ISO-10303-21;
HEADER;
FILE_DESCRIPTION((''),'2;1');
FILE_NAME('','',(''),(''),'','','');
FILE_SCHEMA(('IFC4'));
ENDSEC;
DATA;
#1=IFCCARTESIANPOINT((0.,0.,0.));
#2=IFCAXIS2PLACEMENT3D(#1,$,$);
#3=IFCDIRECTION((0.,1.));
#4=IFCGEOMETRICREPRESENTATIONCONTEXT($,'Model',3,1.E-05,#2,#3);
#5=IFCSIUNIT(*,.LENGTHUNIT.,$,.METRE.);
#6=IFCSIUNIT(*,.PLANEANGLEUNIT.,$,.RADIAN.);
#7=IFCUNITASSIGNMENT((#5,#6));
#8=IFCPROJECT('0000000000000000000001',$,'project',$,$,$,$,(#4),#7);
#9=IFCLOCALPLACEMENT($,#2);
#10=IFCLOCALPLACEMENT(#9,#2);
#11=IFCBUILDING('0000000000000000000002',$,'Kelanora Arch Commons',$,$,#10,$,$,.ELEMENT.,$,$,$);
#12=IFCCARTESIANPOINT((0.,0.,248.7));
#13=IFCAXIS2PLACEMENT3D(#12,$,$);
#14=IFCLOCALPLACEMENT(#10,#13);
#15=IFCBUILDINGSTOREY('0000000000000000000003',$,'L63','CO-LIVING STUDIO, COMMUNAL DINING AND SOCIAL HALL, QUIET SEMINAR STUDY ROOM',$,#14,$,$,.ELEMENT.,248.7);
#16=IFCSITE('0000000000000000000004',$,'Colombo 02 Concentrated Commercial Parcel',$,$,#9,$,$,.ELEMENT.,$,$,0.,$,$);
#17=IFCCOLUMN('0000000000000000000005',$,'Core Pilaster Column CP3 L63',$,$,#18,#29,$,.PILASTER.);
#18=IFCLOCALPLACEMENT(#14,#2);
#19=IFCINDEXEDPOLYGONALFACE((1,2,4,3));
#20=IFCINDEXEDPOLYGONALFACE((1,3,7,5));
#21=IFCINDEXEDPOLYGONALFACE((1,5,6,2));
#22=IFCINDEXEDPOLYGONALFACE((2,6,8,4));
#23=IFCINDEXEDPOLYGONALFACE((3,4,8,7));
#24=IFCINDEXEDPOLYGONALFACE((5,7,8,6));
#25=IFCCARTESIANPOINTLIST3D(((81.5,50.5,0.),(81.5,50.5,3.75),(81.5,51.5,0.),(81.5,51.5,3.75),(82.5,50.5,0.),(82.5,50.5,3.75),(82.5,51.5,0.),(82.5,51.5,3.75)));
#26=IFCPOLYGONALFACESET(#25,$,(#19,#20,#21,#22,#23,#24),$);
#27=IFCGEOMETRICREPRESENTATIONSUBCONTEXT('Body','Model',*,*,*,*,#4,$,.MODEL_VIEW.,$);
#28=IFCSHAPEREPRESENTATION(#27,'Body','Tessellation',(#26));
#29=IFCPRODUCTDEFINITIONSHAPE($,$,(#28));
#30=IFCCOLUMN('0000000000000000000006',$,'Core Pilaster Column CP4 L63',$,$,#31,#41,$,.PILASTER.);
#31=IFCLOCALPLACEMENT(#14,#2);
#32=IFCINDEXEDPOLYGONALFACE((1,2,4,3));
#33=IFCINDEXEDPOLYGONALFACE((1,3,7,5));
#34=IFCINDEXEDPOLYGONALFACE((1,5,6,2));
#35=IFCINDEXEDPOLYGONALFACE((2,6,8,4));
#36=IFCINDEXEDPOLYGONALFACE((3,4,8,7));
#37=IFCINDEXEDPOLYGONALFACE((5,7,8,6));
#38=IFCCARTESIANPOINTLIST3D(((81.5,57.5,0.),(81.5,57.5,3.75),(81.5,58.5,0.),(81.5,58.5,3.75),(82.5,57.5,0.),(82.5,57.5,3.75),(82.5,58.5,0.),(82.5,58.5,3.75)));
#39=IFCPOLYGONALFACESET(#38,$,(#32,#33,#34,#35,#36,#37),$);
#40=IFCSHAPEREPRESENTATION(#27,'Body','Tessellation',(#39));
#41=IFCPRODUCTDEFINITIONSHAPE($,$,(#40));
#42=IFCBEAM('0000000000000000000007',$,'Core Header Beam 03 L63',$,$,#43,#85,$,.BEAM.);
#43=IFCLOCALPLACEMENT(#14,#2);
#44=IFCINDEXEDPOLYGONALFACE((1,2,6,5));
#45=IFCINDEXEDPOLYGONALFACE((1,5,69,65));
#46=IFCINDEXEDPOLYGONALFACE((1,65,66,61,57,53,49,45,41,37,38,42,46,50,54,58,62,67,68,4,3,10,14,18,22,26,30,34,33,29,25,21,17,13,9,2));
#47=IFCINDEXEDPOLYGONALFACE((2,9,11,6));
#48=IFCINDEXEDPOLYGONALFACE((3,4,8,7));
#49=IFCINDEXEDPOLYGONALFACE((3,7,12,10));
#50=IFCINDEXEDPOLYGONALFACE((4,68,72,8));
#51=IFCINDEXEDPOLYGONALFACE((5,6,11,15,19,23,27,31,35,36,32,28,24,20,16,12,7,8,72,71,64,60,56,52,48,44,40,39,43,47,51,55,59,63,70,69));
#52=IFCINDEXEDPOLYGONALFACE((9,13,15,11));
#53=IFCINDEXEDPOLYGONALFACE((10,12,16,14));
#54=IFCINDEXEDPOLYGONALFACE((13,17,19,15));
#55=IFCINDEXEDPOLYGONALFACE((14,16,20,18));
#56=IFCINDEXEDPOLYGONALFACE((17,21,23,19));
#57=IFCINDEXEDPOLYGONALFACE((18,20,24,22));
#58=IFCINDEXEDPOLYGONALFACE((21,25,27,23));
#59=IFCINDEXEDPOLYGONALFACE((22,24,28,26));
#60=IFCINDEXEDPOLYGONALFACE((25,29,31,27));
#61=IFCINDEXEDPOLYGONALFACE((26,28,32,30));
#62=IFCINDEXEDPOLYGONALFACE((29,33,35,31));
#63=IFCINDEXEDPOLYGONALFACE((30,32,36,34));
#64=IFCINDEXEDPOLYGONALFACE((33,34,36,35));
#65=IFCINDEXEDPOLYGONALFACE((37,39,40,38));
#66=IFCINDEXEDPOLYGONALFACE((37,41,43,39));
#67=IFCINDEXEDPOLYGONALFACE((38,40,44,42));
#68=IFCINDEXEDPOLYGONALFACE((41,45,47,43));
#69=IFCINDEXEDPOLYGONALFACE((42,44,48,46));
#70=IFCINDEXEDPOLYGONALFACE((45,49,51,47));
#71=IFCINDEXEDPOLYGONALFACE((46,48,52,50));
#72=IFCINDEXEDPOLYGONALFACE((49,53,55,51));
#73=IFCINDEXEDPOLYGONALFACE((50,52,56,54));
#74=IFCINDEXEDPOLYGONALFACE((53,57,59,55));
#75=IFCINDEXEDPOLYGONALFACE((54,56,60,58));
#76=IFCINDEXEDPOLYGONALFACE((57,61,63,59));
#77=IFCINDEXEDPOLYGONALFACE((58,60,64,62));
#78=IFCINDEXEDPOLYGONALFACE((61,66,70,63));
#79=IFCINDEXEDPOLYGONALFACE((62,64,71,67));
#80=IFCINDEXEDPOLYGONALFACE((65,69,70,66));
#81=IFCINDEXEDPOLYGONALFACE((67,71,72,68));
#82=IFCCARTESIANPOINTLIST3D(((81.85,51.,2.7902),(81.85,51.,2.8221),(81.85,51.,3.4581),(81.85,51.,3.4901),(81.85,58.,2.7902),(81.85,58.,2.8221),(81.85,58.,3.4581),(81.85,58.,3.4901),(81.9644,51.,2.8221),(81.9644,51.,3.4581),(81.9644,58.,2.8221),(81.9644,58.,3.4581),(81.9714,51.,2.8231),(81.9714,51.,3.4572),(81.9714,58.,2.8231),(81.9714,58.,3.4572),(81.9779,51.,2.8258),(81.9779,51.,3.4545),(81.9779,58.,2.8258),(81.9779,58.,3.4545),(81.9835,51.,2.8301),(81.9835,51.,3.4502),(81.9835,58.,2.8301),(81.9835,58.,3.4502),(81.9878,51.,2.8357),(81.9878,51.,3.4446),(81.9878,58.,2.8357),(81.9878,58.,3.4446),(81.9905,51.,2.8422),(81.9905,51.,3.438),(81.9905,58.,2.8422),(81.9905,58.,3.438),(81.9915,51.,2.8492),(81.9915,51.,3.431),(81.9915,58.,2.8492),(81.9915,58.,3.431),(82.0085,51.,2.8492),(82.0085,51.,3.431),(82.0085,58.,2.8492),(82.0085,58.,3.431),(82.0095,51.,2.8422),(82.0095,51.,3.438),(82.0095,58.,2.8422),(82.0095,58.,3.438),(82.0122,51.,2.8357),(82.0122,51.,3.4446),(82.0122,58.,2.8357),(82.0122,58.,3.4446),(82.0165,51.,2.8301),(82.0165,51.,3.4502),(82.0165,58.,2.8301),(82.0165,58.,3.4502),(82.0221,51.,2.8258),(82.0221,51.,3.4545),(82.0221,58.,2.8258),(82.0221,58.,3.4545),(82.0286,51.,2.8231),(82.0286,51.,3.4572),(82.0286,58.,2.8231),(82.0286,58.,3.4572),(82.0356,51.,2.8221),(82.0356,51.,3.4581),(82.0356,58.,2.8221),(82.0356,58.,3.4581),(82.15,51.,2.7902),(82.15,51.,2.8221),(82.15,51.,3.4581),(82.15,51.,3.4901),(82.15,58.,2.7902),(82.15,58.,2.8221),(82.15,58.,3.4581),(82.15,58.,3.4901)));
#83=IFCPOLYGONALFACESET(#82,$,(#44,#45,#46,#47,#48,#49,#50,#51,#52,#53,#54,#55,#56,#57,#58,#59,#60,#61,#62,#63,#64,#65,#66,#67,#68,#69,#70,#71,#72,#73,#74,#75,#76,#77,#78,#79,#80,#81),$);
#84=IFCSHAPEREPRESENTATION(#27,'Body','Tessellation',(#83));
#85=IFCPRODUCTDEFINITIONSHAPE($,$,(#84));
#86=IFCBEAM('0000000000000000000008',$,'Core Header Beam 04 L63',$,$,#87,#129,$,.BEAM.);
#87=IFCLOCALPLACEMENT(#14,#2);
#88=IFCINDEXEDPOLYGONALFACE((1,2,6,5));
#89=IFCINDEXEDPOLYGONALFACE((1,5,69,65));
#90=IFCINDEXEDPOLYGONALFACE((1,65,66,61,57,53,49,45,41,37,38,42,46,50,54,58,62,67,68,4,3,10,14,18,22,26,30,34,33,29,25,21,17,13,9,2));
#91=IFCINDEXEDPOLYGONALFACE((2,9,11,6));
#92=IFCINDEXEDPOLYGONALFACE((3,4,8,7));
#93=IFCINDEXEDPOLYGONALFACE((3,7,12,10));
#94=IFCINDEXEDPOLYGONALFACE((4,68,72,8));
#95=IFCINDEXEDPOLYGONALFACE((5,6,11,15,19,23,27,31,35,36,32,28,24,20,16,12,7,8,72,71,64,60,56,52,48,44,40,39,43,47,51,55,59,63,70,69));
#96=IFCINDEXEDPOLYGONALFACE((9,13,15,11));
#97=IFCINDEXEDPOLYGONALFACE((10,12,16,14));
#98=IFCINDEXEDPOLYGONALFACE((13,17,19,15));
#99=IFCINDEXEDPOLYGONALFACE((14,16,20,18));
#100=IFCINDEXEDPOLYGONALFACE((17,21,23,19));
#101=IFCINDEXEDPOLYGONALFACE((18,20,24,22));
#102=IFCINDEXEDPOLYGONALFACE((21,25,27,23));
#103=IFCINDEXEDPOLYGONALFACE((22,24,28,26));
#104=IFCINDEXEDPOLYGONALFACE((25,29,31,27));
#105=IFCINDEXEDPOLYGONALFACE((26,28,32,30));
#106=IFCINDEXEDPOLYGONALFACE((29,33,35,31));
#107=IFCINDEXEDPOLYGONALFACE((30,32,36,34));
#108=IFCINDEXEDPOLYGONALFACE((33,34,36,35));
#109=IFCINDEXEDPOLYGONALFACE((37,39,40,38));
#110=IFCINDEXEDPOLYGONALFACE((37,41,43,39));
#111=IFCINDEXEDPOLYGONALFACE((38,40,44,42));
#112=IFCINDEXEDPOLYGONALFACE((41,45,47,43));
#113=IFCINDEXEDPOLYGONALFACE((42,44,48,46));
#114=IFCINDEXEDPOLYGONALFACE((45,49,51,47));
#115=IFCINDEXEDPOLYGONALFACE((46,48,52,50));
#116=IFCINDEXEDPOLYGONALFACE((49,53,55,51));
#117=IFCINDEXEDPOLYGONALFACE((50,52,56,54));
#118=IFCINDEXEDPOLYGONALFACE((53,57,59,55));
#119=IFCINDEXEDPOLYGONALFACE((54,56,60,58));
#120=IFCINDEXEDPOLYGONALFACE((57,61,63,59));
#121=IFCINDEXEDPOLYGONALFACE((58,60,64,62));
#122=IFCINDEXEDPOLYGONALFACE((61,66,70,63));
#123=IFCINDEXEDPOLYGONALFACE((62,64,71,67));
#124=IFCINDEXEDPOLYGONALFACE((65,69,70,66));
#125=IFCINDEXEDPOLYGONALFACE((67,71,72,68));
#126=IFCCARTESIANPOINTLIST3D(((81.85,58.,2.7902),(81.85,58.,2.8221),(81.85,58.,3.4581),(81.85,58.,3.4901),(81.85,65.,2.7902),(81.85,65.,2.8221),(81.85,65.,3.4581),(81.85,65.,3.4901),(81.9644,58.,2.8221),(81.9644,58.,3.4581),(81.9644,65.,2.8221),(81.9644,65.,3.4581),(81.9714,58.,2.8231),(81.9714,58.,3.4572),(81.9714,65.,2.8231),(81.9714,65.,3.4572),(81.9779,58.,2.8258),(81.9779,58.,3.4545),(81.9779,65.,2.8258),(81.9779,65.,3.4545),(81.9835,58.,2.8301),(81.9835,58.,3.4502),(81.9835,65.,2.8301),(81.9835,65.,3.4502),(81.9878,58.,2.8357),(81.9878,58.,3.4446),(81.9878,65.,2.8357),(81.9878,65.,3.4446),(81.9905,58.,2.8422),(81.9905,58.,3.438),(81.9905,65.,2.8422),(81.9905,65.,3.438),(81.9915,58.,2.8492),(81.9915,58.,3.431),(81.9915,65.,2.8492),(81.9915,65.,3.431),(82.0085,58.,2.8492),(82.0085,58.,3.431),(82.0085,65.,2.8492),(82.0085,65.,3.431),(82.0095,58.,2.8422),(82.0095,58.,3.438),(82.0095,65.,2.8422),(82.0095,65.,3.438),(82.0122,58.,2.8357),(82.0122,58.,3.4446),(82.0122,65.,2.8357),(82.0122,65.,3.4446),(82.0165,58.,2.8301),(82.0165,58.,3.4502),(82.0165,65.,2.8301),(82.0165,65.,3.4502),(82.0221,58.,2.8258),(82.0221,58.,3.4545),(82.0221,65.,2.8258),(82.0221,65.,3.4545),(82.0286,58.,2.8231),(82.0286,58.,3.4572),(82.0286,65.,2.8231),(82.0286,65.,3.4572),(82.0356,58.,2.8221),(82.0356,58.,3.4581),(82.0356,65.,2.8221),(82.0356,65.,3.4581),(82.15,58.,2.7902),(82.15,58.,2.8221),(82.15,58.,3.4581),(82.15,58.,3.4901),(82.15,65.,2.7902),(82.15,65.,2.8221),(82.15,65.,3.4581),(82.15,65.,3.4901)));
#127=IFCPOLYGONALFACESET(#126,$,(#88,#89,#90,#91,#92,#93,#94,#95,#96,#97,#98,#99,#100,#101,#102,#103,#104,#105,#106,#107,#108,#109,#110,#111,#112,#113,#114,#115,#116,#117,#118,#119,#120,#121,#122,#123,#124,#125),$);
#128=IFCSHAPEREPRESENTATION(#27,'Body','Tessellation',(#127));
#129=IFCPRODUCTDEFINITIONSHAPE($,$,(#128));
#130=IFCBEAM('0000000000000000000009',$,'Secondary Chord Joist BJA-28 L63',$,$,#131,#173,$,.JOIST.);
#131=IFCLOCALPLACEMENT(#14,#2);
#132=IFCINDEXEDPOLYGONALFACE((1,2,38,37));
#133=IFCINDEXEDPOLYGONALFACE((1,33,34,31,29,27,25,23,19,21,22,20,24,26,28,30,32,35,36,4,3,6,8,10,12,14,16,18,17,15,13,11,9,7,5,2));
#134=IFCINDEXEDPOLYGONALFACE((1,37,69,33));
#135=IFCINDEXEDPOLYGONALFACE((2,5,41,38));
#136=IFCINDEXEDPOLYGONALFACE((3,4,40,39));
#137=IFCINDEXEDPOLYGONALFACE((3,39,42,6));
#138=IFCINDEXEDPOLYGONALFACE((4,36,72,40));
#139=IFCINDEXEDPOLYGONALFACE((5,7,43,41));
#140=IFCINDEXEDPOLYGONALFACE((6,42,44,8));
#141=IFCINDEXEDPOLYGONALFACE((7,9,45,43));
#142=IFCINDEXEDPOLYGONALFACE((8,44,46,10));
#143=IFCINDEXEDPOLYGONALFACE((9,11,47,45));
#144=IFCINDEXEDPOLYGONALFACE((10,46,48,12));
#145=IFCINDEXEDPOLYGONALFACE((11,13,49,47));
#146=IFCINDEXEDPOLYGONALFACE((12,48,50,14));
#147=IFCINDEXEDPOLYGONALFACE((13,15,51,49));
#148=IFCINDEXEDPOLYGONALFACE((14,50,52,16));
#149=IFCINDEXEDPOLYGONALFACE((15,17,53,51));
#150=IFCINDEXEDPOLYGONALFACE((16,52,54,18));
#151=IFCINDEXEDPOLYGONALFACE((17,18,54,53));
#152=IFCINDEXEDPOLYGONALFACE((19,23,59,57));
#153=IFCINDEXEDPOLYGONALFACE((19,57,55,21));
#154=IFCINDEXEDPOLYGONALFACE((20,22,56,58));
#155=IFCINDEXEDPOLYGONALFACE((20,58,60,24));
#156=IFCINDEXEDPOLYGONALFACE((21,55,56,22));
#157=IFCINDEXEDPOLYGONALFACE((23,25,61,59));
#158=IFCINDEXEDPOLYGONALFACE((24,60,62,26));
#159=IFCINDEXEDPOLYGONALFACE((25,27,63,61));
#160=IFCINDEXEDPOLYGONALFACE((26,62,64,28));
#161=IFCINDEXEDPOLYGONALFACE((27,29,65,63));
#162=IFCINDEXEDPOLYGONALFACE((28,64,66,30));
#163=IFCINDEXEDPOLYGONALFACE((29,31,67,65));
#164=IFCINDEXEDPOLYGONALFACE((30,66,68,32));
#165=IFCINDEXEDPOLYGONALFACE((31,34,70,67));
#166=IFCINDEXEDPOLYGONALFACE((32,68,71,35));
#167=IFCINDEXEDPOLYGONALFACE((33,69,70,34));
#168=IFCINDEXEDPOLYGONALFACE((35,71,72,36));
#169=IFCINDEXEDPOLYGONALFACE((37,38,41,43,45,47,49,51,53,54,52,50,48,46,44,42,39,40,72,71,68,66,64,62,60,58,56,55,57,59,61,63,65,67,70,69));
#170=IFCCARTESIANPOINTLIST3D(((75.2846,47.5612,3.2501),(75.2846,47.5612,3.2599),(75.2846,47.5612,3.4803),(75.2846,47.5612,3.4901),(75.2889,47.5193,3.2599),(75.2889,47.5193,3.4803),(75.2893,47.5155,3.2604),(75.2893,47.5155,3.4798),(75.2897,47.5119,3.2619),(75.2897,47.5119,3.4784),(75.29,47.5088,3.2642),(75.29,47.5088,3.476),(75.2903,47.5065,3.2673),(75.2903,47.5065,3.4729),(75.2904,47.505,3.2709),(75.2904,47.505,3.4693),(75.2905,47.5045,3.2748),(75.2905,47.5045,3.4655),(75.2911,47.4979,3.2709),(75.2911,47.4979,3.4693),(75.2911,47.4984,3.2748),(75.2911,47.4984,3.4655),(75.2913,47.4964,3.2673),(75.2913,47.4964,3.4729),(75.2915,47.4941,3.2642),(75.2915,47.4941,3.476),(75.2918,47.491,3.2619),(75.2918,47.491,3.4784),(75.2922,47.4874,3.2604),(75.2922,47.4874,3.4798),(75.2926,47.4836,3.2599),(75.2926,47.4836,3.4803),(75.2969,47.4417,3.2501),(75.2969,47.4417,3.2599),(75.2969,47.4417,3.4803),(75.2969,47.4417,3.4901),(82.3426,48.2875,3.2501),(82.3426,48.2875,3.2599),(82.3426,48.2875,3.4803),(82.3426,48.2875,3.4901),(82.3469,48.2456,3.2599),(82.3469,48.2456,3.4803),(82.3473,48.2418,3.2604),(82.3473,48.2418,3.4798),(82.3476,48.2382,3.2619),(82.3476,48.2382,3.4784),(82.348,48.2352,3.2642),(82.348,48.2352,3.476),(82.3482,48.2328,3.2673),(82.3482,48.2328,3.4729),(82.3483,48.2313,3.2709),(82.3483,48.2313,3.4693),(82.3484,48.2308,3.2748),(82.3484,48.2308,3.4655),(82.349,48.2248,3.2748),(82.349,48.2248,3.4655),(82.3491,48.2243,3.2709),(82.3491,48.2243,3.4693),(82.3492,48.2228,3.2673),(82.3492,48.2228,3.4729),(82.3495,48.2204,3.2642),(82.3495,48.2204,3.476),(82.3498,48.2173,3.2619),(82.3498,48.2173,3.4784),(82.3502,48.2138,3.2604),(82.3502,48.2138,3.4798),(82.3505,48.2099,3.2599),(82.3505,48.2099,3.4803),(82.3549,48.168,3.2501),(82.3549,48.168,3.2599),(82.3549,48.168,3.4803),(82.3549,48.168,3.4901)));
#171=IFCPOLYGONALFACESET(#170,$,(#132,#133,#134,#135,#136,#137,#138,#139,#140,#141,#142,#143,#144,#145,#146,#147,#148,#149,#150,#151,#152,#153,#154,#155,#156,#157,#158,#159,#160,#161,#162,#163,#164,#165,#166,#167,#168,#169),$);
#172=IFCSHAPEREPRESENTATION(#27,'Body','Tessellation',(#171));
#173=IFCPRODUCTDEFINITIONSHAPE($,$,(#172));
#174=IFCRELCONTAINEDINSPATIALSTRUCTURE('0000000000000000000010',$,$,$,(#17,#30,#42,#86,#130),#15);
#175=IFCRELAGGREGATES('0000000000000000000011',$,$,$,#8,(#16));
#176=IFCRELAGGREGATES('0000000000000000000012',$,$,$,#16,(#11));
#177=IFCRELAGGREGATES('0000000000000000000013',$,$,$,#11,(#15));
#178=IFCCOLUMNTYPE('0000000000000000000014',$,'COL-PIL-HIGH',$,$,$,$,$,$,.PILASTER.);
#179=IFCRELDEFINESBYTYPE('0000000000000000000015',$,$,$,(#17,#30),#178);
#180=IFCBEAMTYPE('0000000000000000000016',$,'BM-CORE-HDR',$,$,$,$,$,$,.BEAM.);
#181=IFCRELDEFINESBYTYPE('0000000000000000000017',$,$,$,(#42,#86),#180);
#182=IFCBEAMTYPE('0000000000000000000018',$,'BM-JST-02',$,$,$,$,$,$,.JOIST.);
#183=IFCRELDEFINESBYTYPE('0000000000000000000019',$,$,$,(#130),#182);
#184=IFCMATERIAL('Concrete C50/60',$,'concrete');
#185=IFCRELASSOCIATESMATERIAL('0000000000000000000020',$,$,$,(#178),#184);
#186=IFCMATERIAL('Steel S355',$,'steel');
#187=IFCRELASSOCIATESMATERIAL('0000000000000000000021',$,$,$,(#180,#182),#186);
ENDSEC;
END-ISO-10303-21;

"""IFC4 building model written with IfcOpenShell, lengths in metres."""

from ifc_helpers import new_model, si_unit, direction, frame, origin, origin_2d, place, context, subcontext, project, spatial, rectangle, i_section, extrude, material, material_profile, profile_set, type_object, element, save


model = new_model("IFC4")

# Units and contexts
model_context = context("Model", 3, precision=1e-05, world=origin(), true_north=direction((0.0, 1.0)))
body_context = subcontext(model_context, "Body", "Model", "MODEL_VIEW")
ifc_project = project(units=[si_unit("LENGTHUNIT", "METRE"), si_unit("PLANEANGLEUNIT", "RADIAN")], contexts=[model_context])

# Site, building, storey
site_placement = place(None, origin())
site = spatial("IfcSite", under=ifc_project, at=site_placement, Name="Colombo 02 Concentrated Commercial Parcel", CompositionType="ELEMENT", RefElevation=0.0)
building_placement = place(site_placement, origin())
building = spatial("IfcBuilding", under=site, at=building_placement, Name="Kelanora Arch Commons", CompositionType="ELEMENT")
storey_placement = place(building_placement, frame((0.0, 0.0, 248.7)))
storey = spatial("IfcBuildingStorey", under=building, at=storey_placement, Name="L63", Description="CO-LIVING STUDIO, COMMUNAL DINING AND SOCIAL HALL, QUIET SEMINAR STUDY ROOM", CompositionType="ELEMENT", Elevation=248.7)

# Columns
ifc_material_1 = material(Name="Concrete C50/60", Category="concrete")
ifc_material_profile_1 = material_profile(ifc_material_1, rectangle(XDim=1.0, YDim=1.0, at=origin_2d()), Name="RC1000x1000")
ifc_profile_set_1 = profile_set([ifc_material_profile_1], Name="Concrete C50/60")
column_type = type_object("IfcColumnType", Name="COL-PIL-HIGH", PredefinedType="PILASTER", material=ifc_profile_set_1)
for number, where, z_axis, x_axis, name in (
    (1, (82.0, 51.0, 0.0), (0.0, 0.0, 1.0), (1.0, 0.0, 0.0), "Core Pilaster Column CP3 L63"),
    (2, (82.0, 58.0, 0.0), (0.0, 0.0, 1.0), (1.0, 0.0, 0.0), "Core Pilaster Column CP4 L63"),
):
    element("IfcColumn", number, at=place(storey_placement, frame(where, z_axis=z_axis, x_axis=x_axis)), inside=storey, type_object=column_type, Name=name, PredefinedType="PILASTER", context=body_context, shape_type="SweptSolid", body=[
        extrude(rectangle(XDim=1.0, YDim=1.0, at=origin_2d()), origin(), (0.0, 0.0, 1.0), 3.75),
    ])

# Beams
ifc_material_2 = material(Name="Steel S355", Category="steel")
ifc_material_profile_2 = material_profile(ifc_material_2, i_section(OverallWidth=0.3, OverallDepth=0.7, WebThickness=0.0171, FlangeThickness=0.032, FilletRadius=0.0271, at=origin_2d()), Name="HEB700")
ifc_profile_set_2 = profile_set([ifc_material_profile_2], Name="Steel S355")
beam_type_1 = type_object("IfcBeamType", Name="BM-CORE-HDR", PredefinedType="BEAM", material=ifc_profile_set_2)
for number, where, z_axis, x_axis, name in (
    (3, (82.0, 51.0, 3.1401), (0.0, 1.0, 0.0), (-1.0, 0.0, 0.0), "Core Header Beam 03 L63"),
    (4, (82.0, 58.0, 3.1401), (0.0, 1.0, 0.0), (-1.0, 0.0, 0.0), "Core Header Beam 04 L63"),
):
    element("IfcBeam", number, at=place(storey_placement, frame(where, z_axis=z_axis, x_axis=x_axis)), inside=storey, type_object=beam_type_1, Name=name, PredefinedType="BEAM", context=body_context, shape_type="SweptSolid", body=[
        extrude(i_section(OverallWidth=0.3, OverallDepth=0.7, WebThickness=0.0171, FlangeThickness=0.032, FilletRadius=0.0271, at=origin_2d()), origin(), (0.0, 0.0, 1.0), 7.0),
    ])
ifc_material_profile_3 = material_profile(ifc_material_2, i_section(OverallWidth=0.1201, OverallDepth=0.24, WebThickness=0.0061, FlangeThickness=0.0098, FilletRadius=0.0149, at=origin_2d()), Name="IPE240")
ifc_profile_set_3 = profile_set([ifc_material_profile_3], Name="Steel S355")
beam_type_2 = type_object("IfcBeamType", Name="BM-JST-02", PredefinedType="JOIST", material=ifc_profile_set_3)
beam_1_placement = place(storey_placement, frame((75.2908, 47.5015, 3.3701), z_axis=(0.994747, 0.102369, 0.0), x_axis=(-0.102369, 0.994747, 0.0)))
element("IfcBeam", 5, at=beam_1_placement, inside=storey, type_object=beam_type_2, Name="Secondary Chord Joist BJA-28 L63", PredefinedType="JOIST", context=body_context, shape_type="SweptSolid", body=[
    extrude(i_section(OverallWidth=0.1201, OverallDepth=0.24, WebThickness=0.0061, FlangeThickness=0.0098, FilletRadius=0.0149, at=origin_2d()), origin(), (0.0, 0.0, 1.0), 7.0952),
])

save(model, "model.ifc")
